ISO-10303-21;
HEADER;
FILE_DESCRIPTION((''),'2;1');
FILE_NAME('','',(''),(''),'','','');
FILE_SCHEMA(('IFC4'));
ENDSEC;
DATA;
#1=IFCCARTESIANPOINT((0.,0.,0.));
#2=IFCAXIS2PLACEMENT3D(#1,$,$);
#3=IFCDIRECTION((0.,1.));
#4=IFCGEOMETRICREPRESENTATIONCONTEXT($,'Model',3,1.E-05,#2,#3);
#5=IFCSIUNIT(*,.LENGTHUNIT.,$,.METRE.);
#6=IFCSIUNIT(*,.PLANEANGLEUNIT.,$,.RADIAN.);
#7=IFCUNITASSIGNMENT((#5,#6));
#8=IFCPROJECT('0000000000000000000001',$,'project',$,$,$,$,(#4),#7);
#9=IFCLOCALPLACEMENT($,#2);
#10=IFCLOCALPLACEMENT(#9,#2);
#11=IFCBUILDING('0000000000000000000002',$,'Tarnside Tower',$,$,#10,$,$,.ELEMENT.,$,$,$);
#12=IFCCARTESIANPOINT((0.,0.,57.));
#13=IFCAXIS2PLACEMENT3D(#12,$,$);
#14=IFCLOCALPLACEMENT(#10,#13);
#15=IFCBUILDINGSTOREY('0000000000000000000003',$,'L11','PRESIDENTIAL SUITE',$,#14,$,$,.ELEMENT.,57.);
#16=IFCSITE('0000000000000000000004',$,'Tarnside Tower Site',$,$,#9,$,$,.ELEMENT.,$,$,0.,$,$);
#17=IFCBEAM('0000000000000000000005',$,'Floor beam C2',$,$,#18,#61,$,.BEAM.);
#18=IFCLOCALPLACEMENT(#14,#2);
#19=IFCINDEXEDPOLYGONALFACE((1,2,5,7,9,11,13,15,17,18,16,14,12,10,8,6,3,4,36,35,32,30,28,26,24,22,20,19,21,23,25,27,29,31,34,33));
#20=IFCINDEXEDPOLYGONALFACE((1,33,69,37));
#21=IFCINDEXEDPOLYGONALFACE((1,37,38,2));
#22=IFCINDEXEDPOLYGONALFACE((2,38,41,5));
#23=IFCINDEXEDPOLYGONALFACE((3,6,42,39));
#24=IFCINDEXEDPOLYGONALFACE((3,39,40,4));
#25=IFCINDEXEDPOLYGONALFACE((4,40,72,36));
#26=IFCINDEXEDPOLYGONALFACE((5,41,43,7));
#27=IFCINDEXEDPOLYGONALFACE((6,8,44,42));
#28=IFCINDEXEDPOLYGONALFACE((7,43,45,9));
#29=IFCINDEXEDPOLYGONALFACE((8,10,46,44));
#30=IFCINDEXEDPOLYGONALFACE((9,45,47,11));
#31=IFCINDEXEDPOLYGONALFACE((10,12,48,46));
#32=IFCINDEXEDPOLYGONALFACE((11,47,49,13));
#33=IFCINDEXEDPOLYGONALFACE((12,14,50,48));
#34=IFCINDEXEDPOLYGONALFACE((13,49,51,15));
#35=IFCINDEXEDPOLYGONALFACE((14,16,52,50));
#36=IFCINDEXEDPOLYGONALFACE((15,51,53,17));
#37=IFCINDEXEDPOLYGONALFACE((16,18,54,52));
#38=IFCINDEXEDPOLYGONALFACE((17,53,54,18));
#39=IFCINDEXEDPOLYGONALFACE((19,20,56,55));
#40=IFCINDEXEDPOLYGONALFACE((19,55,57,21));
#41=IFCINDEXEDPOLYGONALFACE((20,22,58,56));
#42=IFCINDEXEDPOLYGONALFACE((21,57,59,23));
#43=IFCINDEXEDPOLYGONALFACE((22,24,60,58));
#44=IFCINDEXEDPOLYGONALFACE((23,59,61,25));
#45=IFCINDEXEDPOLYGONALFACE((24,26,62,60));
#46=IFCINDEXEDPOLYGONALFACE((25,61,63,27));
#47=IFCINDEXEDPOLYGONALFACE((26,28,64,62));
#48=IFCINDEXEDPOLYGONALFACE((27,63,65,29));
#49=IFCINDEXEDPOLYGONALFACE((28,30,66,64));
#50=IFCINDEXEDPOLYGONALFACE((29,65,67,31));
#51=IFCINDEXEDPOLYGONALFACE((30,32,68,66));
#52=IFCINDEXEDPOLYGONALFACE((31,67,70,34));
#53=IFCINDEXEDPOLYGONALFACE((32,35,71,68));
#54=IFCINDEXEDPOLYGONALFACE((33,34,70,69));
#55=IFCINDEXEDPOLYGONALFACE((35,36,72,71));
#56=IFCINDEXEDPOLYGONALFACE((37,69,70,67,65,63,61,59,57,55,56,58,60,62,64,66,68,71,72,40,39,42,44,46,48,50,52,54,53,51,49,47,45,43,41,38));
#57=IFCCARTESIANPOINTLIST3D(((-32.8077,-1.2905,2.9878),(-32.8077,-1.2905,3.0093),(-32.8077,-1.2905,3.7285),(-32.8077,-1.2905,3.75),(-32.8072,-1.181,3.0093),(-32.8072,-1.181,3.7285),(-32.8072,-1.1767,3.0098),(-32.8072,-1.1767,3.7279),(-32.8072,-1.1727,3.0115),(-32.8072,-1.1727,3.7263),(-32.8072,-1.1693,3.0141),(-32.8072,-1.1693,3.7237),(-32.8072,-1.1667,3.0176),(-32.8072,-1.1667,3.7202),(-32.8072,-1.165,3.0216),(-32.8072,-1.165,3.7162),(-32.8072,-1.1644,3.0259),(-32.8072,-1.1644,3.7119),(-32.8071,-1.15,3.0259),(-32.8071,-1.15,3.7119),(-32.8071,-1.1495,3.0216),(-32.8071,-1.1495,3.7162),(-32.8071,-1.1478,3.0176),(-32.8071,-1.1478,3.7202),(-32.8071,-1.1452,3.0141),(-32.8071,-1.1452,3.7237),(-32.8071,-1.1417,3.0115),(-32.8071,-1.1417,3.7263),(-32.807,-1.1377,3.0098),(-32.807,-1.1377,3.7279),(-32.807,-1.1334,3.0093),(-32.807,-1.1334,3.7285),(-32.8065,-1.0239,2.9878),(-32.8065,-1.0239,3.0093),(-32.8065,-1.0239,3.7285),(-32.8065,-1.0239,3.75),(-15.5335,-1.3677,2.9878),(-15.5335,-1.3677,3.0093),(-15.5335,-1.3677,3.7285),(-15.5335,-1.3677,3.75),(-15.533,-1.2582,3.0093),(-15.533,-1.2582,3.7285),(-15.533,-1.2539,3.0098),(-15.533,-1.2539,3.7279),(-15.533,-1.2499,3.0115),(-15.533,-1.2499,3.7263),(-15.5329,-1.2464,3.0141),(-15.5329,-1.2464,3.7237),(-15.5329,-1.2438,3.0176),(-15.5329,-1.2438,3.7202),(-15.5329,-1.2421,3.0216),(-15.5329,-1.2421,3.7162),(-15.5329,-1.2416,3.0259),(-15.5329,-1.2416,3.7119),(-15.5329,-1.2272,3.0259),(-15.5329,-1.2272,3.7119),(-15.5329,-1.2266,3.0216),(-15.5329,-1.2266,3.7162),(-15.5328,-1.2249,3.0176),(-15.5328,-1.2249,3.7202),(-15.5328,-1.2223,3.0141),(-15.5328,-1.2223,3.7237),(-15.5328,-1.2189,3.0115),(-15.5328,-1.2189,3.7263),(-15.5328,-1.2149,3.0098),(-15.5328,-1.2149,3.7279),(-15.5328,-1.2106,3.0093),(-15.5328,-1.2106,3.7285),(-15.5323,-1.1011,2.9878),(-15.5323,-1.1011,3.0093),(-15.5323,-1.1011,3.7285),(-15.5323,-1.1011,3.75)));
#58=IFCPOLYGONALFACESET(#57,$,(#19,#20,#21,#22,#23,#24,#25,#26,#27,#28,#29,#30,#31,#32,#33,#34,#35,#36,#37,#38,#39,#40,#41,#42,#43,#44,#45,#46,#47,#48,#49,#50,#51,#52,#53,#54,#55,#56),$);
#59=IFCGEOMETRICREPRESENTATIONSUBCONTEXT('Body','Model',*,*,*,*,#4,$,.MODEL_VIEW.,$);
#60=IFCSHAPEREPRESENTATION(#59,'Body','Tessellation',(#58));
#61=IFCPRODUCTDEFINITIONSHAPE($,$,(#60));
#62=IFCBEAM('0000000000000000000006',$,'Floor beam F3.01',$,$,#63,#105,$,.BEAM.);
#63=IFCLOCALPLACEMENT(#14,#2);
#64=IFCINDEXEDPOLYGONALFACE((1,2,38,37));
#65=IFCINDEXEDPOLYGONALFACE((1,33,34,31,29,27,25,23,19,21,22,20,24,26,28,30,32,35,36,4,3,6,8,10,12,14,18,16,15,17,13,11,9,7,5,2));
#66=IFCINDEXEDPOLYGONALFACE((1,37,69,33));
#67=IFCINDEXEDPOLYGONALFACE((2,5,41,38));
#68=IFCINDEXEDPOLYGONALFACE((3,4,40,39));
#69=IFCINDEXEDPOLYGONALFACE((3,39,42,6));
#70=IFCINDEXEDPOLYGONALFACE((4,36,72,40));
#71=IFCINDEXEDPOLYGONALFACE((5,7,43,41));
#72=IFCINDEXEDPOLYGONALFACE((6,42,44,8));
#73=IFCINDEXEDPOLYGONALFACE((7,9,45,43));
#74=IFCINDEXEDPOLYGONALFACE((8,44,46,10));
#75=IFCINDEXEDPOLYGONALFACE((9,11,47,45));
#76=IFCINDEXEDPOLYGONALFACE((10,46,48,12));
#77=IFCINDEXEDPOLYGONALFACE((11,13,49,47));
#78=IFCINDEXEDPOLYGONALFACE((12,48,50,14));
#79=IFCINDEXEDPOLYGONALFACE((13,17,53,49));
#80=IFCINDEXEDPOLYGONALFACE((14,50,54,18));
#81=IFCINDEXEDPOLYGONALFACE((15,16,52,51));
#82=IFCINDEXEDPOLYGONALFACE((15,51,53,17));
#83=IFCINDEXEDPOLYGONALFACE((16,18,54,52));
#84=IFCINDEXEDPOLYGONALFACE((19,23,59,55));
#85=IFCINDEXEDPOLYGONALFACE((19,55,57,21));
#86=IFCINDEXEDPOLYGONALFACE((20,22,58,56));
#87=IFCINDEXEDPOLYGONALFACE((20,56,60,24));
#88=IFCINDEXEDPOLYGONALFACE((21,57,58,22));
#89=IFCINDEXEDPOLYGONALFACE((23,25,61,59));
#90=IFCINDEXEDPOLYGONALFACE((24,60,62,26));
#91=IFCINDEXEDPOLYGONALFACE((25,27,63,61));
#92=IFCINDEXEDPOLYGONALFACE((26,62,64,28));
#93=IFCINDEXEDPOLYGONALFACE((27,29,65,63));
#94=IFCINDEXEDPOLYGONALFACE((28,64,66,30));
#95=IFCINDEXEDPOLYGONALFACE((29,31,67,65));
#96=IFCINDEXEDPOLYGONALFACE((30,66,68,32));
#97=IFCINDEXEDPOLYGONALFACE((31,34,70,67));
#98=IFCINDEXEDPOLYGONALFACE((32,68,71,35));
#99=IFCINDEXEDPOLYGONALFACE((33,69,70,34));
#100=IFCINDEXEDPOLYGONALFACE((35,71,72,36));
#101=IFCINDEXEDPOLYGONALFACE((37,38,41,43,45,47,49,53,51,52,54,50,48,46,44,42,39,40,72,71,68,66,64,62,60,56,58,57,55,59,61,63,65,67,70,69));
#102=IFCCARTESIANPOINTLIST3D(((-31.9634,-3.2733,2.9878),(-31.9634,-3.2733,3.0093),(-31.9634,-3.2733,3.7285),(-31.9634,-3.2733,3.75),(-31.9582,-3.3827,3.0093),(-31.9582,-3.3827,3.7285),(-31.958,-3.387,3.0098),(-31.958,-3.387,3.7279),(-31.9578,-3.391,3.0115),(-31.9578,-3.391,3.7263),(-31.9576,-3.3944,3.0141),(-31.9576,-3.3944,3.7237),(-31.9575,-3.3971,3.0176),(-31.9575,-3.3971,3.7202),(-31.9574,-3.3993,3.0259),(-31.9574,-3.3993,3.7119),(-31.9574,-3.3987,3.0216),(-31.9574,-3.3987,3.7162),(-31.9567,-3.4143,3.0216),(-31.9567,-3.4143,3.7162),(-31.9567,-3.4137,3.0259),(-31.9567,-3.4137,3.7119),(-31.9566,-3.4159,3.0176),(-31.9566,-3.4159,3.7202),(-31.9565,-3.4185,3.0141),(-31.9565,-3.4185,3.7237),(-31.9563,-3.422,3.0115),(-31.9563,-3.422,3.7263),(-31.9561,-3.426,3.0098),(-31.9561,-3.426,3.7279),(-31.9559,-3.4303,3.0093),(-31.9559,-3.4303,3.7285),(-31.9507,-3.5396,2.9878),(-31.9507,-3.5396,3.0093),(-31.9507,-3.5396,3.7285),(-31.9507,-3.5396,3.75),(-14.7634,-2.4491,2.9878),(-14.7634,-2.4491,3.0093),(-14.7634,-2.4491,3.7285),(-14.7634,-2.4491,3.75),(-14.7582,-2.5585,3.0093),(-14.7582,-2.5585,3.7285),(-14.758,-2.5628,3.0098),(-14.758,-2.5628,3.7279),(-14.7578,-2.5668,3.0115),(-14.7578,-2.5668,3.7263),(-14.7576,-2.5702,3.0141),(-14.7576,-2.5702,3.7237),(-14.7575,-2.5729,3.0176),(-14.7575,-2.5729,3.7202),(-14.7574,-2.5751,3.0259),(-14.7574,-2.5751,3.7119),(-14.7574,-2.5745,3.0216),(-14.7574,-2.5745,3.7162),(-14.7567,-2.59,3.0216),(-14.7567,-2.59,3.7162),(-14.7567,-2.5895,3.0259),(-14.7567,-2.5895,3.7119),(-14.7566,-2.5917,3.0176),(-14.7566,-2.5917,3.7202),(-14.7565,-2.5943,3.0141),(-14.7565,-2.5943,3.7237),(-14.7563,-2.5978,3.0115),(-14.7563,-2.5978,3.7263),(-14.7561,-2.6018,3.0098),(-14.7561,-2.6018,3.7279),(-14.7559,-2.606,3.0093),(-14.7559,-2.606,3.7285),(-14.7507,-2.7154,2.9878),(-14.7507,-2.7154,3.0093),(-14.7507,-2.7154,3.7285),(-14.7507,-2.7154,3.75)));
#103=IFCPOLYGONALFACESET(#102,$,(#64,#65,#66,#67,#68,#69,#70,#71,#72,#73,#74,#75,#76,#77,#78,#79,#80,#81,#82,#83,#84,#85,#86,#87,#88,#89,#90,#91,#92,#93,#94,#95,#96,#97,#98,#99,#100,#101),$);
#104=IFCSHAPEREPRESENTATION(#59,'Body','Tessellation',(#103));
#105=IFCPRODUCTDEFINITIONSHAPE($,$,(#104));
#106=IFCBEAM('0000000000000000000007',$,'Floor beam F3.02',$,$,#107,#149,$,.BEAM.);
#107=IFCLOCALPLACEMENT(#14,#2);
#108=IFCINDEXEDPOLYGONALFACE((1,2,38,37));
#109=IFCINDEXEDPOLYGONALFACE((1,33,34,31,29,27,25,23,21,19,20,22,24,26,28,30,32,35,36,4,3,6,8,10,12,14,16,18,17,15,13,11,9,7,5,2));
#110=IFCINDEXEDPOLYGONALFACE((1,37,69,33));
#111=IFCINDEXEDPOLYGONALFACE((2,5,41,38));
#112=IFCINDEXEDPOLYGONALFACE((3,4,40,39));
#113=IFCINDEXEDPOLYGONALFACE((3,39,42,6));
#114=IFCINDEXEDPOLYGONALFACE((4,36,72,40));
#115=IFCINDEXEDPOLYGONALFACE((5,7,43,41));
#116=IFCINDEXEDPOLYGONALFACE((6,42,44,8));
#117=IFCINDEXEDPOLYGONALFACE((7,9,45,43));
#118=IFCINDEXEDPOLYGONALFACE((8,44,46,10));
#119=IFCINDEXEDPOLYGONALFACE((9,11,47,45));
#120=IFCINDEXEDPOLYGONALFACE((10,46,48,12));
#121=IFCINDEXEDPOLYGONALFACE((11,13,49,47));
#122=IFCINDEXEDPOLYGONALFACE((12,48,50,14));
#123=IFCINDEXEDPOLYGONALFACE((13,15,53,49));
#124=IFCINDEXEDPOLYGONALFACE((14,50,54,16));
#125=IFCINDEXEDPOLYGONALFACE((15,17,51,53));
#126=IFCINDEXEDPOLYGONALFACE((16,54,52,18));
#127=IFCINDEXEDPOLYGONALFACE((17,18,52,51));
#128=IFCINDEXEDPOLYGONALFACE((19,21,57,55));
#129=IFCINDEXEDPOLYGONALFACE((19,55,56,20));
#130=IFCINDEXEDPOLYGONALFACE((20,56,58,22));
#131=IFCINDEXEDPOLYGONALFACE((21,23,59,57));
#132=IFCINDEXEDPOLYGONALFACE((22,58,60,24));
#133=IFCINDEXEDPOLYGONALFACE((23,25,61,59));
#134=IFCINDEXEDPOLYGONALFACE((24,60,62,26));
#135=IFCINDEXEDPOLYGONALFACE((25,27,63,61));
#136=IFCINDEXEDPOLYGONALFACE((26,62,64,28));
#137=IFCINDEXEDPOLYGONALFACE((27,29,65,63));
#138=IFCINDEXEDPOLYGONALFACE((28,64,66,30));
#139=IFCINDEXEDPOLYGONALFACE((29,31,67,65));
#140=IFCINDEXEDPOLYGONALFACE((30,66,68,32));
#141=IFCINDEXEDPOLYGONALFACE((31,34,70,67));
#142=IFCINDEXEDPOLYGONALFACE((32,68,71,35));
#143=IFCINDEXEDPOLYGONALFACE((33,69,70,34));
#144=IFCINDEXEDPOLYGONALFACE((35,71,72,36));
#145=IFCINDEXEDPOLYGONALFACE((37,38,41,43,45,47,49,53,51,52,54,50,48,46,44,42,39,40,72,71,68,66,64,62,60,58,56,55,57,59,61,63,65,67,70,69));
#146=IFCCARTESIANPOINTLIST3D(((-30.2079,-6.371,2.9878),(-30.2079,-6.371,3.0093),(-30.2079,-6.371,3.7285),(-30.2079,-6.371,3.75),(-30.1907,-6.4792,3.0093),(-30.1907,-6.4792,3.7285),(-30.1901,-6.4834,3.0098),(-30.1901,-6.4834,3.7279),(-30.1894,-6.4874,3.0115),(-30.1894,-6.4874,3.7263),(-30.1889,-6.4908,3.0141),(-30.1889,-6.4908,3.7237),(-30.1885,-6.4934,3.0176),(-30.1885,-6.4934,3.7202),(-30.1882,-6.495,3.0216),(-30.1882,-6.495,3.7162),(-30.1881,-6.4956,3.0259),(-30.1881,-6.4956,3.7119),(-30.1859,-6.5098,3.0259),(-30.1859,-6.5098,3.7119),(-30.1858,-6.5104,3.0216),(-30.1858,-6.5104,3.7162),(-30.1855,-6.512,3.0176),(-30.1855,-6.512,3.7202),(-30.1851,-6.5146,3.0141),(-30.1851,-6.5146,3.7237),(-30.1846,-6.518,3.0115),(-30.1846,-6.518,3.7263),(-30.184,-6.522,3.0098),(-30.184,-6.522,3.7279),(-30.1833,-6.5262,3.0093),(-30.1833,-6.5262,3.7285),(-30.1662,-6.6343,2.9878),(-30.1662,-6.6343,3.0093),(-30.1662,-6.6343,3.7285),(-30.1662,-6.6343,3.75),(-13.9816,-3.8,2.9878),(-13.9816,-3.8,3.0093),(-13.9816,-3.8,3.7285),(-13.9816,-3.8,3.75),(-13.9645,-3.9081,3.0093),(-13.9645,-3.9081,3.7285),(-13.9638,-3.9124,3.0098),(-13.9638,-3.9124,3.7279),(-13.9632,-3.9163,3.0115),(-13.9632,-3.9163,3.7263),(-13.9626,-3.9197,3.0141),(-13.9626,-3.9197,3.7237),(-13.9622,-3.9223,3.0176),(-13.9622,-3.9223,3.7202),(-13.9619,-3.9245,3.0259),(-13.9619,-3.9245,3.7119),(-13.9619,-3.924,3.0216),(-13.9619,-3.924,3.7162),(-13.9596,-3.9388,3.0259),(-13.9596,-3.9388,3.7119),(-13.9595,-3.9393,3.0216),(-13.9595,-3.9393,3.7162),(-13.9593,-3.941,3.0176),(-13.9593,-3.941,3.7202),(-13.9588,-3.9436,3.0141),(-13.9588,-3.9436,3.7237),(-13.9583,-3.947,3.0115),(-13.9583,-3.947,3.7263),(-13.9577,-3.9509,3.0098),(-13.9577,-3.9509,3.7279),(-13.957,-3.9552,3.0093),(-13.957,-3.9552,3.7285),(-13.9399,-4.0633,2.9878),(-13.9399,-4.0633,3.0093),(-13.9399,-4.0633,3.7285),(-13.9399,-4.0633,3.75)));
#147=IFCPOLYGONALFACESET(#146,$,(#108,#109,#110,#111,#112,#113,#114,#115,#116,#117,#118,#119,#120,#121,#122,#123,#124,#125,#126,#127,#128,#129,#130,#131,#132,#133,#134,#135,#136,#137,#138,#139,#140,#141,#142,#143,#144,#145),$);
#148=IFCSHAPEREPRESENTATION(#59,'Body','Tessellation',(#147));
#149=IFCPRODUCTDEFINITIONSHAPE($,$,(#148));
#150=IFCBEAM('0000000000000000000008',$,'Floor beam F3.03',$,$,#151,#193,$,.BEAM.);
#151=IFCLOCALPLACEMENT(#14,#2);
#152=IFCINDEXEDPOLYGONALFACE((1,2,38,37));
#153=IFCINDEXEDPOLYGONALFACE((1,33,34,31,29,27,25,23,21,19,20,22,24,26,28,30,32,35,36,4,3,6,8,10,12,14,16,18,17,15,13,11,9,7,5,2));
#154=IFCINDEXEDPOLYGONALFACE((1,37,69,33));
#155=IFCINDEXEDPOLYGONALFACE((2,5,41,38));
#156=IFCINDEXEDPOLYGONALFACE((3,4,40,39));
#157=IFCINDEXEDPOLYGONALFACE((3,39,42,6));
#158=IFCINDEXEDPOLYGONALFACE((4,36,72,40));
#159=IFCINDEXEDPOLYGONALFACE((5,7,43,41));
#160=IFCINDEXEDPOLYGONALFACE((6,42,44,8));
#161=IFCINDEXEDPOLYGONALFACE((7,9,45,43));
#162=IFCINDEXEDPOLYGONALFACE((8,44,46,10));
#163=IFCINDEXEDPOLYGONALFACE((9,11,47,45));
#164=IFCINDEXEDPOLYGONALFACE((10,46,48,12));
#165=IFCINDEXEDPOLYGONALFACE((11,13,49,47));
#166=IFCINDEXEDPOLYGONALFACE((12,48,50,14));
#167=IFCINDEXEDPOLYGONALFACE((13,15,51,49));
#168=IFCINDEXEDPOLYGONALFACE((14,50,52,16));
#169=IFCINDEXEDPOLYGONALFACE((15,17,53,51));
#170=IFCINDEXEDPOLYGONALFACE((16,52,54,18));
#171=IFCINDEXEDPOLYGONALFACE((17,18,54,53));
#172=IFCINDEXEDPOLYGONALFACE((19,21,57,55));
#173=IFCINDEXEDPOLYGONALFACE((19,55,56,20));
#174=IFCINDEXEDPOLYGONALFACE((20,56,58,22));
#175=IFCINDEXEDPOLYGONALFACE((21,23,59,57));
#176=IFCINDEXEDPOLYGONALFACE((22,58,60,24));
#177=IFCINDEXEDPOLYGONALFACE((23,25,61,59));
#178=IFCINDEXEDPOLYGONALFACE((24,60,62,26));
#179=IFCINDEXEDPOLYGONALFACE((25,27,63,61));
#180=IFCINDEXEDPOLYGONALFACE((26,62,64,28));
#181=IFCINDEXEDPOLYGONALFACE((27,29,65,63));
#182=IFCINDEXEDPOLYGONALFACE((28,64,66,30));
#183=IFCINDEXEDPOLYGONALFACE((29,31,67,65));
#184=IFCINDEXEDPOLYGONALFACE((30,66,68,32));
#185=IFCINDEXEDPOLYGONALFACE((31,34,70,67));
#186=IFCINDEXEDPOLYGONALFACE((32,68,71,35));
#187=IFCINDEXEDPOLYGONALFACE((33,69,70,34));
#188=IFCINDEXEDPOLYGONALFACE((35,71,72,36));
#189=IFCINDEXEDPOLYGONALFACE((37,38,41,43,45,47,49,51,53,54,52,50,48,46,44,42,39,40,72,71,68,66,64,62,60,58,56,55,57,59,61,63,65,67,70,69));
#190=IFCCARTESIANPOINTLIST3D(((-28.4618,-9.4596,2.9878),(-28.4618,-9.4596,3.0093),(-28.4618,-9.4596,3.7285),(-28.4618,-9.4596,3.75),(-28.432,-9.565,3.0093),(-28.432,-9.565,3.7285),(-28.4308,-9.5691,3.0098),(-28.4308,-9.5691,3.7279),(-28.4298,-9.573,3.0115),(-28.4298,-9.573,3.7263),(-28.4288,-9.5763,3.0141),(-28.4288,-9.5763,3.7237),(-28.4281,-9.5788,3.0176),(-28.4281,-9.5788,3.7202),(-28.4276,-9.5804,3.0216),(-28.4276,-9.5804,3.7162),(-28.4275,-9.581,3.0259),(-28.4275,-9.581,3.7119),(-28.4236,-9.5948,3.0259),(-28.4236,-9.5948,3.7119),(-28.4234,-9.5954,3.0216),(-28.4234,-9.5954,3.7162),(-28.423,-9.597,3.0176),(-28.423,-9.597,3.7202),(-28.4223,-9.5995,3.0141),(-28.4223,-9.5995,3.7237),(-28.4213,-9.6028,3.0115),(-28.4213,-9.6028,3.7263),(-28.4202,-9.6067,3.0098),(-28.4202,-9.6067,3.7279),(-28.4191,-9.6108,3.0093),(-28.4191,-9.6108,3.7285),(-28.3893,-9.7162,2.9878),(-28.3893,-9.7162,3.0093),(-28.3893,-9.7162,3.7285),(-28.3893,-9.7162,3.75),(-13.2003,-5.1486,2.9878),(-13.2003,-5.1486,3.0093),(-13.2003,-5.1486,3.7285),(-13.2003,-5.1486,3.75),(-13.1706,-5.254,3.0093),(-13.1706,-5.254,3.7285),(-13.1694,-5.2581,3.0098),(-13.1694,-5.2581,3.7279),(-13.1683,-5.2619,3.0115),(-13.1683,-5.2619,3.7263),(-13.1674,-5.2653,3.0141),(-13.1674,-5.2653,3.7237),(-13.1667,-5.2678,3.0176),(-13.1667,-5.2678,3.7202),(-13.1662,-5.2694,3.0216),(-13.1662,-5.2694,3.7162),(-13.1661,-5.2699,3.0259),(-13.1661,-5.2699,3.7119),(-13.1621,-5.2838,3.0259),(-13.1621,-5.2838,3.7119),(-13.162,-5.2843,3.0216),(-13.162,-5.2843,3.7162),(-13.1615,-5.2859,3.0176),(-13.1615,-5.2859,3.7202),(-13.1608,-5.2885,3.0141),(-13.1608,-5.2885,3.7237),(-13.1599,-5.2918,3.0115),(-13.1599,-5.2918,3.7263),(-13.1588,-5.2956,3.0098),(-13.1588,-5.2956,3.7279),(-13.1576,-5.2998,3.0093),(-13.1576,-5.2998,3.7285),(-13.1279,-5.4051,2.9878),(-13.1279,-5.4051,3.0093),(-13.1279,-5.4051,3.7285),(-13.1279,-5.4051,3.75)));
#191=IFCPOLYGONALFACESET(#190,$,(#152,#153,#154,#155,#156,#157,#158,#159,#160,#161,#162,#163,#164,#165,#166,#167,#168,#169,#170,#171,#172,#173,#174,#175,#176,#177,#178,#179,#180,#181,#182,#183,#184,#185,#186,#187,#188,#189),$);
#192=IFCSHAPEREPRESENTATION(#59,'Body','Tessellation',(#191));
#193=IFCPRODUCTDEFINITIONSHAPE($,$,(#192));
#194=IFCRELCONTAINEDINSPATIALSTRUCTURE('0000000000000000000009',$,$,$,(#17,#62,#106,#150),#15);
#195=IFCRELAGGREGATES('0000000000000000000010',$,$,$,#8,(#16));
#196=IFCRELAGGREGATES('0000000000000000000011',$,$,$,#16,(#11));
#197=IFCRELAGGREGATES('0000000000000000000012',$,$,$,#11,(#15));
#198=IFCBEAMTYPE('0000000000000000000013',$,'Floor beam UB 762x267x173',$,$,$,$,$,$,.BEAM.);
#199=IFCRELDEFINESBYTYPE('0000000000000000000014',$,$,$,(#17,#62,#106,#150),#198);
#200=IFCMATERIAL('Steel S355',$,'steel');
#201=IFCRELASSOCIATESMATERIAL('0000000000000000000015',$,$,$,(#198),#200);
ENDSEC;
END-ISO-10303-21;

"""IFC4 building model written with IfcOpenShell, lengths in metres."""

from ifc_helpers import new_model, si_unit, direction, frame, origin, origin_2d, place, context, subcontext, project, spatial, i_section, extrude, material, material_profile, profile_set, type_object, element, save


model = new_model("IFC4")

# Units and contexts
model_context = context("Model", 3, precision=1e-05, world=origin(), true_north=direction((0.0, 1.0)))
body_context = subcontext(model_context, "Body", "Model", "MODEL_VIEW")
ifc_project = project(units=[si_unit("LENGTHUNIT", "METRE"), si_unit("PLANEANGLEUNIT", "RADIAN")], contexts=[model_context])

# Site, building, storey
site_placement = place(None, origin())
site = spatial("IfcSite", under=ifc_project, at=site_placement, Name="Tarnside Tower Site", CompositionType="ELEMENT", RefElevation=0.0)
building_placement = place(site_placement, origin())
building = spatial("IfcBuilding", under=site, at=building_placement, Name="Tarnside Tower", CompositionType="ELEMENT")
storey_placement = place(building_placement, frame((0.0, 0.0, 57.0)))
storey = spatial("IfcBuildingStorey", under=building, at=storey_placement, Name="L11", Description="PRESIDENTIAL SUITE", CompositionType="ELEMENT", Elevation=57.0)

# Beams
ifc_material_1 = material(Name="Steel S355", Category="steel")
ifc_material_profile = material_profile(ifc_material_1, i_section(OverallWidth=0.2666, OverallDepth=0.7622, WebThickness=0.0144, FlangeThickness=0.0215, FilletRadius=0.0166, at=origin_2d()), Name="UB 762x267x173")
ifc_profile_set = profile_set([ifc_material_profile], Name="Steel S355")
beam_type = type_object("IfcBeamType", Name="Floor beam UB 762x267x173", PredefinedType="BEAM", material=ifc_profile_set)
beam_1_placement = place(storey_placement, frame((-32.8071, -1.1572, 3.3689), z_axis=(0.99999, -0.004466, 0.0), x_axis=(0.004466, 0.99999, 0.0)))
element("IfcBeam", 1, at=beam_1_placement, inside=storey, type_object=beam_type, Name="Floor beam C2", PredefinedType="BEAM", context=body_context, shape_type="SweptSolid", body=[
    extrude(i_section(OverallWidth=0.2666, OverallDepth=0.7622, WebThickness=0.0144, FlangeThickness=0.0215, FilletRadius=0.0166, at=origin_2d()), origin(), (0.0, 0.0, 1.0), 17.2744),
])
beam_2_placement = place(storey_placement, frame((-31.957, -3.4065, 3.3689), z_axis=(0.998854, 0.047865, 0.0), x_axis=(-0.047865, 0.998854, 0.0)))
element("IfcBeam", 2, at=beam_2_placement, inside=storey, type_object=beam_type, Name="Floor beam F3.01", PredefinedType="BEAM", context=body_context, shape_type="SweptSolid", body=[
    extrude(i_section(OverallWidth=0.2666, OverallDepth=0.7622, WebThickness=0.0144, FlangeThickness=0.0215, FilletRadius=0.0166, at=origin_2d()), origin(), (0.0, 0.0, 1.0), 17.2197),
])
beam_3_placement = place(storey_placement, frame((-30.187, -6.5027, 3.3689), z_axis=(0.987678, 0.156497, 0.0), x_axis=(-0.156497, 0.987678, 0.0)))
element("IfcBeam", 3, at=beam_3_placement, inside=storey, type_object=beam_type, Name="Floor beam F3.02", PredefinedType="BEAM", context=body_context, shape_type="SweptSolid", body=[
    extrude(i_section(OverallWidth=0.2666, OverallDepth=0.7622, WebThickness=0.0144, FlangeThickness=0.0215, FilletRadius=0.0166, at=origin_2d()), origin(), (0.0, 0.0, 1.0), 16.4287),
])
beam_4_placement = place(storey_placement, frame((-28.4255, -9.5879, 3.3689), z_axis=(0.962342, 0.271841, 0.0), x_axis=(-0.271841, 0.962342, 0.0)))
element("IfcBeam", 4, at=beam_4_placement, inside=storey, type_object=beam_type, Name="Floor beam F3.03", PredefinedType="BEAM", context=body_context, shape_type="SweptSolid", body=[
    extrude(i_section(OverallWidth=0.2666, OverallDepth=0.7622, WebThickness=0.0144, FlangeThickness=0.0215, FilletRadius=0.0166, at=origin_2d()), origin(), (0.0, 0.0, 1.0), 15.8586),
])

save(model, "model.ifc")
